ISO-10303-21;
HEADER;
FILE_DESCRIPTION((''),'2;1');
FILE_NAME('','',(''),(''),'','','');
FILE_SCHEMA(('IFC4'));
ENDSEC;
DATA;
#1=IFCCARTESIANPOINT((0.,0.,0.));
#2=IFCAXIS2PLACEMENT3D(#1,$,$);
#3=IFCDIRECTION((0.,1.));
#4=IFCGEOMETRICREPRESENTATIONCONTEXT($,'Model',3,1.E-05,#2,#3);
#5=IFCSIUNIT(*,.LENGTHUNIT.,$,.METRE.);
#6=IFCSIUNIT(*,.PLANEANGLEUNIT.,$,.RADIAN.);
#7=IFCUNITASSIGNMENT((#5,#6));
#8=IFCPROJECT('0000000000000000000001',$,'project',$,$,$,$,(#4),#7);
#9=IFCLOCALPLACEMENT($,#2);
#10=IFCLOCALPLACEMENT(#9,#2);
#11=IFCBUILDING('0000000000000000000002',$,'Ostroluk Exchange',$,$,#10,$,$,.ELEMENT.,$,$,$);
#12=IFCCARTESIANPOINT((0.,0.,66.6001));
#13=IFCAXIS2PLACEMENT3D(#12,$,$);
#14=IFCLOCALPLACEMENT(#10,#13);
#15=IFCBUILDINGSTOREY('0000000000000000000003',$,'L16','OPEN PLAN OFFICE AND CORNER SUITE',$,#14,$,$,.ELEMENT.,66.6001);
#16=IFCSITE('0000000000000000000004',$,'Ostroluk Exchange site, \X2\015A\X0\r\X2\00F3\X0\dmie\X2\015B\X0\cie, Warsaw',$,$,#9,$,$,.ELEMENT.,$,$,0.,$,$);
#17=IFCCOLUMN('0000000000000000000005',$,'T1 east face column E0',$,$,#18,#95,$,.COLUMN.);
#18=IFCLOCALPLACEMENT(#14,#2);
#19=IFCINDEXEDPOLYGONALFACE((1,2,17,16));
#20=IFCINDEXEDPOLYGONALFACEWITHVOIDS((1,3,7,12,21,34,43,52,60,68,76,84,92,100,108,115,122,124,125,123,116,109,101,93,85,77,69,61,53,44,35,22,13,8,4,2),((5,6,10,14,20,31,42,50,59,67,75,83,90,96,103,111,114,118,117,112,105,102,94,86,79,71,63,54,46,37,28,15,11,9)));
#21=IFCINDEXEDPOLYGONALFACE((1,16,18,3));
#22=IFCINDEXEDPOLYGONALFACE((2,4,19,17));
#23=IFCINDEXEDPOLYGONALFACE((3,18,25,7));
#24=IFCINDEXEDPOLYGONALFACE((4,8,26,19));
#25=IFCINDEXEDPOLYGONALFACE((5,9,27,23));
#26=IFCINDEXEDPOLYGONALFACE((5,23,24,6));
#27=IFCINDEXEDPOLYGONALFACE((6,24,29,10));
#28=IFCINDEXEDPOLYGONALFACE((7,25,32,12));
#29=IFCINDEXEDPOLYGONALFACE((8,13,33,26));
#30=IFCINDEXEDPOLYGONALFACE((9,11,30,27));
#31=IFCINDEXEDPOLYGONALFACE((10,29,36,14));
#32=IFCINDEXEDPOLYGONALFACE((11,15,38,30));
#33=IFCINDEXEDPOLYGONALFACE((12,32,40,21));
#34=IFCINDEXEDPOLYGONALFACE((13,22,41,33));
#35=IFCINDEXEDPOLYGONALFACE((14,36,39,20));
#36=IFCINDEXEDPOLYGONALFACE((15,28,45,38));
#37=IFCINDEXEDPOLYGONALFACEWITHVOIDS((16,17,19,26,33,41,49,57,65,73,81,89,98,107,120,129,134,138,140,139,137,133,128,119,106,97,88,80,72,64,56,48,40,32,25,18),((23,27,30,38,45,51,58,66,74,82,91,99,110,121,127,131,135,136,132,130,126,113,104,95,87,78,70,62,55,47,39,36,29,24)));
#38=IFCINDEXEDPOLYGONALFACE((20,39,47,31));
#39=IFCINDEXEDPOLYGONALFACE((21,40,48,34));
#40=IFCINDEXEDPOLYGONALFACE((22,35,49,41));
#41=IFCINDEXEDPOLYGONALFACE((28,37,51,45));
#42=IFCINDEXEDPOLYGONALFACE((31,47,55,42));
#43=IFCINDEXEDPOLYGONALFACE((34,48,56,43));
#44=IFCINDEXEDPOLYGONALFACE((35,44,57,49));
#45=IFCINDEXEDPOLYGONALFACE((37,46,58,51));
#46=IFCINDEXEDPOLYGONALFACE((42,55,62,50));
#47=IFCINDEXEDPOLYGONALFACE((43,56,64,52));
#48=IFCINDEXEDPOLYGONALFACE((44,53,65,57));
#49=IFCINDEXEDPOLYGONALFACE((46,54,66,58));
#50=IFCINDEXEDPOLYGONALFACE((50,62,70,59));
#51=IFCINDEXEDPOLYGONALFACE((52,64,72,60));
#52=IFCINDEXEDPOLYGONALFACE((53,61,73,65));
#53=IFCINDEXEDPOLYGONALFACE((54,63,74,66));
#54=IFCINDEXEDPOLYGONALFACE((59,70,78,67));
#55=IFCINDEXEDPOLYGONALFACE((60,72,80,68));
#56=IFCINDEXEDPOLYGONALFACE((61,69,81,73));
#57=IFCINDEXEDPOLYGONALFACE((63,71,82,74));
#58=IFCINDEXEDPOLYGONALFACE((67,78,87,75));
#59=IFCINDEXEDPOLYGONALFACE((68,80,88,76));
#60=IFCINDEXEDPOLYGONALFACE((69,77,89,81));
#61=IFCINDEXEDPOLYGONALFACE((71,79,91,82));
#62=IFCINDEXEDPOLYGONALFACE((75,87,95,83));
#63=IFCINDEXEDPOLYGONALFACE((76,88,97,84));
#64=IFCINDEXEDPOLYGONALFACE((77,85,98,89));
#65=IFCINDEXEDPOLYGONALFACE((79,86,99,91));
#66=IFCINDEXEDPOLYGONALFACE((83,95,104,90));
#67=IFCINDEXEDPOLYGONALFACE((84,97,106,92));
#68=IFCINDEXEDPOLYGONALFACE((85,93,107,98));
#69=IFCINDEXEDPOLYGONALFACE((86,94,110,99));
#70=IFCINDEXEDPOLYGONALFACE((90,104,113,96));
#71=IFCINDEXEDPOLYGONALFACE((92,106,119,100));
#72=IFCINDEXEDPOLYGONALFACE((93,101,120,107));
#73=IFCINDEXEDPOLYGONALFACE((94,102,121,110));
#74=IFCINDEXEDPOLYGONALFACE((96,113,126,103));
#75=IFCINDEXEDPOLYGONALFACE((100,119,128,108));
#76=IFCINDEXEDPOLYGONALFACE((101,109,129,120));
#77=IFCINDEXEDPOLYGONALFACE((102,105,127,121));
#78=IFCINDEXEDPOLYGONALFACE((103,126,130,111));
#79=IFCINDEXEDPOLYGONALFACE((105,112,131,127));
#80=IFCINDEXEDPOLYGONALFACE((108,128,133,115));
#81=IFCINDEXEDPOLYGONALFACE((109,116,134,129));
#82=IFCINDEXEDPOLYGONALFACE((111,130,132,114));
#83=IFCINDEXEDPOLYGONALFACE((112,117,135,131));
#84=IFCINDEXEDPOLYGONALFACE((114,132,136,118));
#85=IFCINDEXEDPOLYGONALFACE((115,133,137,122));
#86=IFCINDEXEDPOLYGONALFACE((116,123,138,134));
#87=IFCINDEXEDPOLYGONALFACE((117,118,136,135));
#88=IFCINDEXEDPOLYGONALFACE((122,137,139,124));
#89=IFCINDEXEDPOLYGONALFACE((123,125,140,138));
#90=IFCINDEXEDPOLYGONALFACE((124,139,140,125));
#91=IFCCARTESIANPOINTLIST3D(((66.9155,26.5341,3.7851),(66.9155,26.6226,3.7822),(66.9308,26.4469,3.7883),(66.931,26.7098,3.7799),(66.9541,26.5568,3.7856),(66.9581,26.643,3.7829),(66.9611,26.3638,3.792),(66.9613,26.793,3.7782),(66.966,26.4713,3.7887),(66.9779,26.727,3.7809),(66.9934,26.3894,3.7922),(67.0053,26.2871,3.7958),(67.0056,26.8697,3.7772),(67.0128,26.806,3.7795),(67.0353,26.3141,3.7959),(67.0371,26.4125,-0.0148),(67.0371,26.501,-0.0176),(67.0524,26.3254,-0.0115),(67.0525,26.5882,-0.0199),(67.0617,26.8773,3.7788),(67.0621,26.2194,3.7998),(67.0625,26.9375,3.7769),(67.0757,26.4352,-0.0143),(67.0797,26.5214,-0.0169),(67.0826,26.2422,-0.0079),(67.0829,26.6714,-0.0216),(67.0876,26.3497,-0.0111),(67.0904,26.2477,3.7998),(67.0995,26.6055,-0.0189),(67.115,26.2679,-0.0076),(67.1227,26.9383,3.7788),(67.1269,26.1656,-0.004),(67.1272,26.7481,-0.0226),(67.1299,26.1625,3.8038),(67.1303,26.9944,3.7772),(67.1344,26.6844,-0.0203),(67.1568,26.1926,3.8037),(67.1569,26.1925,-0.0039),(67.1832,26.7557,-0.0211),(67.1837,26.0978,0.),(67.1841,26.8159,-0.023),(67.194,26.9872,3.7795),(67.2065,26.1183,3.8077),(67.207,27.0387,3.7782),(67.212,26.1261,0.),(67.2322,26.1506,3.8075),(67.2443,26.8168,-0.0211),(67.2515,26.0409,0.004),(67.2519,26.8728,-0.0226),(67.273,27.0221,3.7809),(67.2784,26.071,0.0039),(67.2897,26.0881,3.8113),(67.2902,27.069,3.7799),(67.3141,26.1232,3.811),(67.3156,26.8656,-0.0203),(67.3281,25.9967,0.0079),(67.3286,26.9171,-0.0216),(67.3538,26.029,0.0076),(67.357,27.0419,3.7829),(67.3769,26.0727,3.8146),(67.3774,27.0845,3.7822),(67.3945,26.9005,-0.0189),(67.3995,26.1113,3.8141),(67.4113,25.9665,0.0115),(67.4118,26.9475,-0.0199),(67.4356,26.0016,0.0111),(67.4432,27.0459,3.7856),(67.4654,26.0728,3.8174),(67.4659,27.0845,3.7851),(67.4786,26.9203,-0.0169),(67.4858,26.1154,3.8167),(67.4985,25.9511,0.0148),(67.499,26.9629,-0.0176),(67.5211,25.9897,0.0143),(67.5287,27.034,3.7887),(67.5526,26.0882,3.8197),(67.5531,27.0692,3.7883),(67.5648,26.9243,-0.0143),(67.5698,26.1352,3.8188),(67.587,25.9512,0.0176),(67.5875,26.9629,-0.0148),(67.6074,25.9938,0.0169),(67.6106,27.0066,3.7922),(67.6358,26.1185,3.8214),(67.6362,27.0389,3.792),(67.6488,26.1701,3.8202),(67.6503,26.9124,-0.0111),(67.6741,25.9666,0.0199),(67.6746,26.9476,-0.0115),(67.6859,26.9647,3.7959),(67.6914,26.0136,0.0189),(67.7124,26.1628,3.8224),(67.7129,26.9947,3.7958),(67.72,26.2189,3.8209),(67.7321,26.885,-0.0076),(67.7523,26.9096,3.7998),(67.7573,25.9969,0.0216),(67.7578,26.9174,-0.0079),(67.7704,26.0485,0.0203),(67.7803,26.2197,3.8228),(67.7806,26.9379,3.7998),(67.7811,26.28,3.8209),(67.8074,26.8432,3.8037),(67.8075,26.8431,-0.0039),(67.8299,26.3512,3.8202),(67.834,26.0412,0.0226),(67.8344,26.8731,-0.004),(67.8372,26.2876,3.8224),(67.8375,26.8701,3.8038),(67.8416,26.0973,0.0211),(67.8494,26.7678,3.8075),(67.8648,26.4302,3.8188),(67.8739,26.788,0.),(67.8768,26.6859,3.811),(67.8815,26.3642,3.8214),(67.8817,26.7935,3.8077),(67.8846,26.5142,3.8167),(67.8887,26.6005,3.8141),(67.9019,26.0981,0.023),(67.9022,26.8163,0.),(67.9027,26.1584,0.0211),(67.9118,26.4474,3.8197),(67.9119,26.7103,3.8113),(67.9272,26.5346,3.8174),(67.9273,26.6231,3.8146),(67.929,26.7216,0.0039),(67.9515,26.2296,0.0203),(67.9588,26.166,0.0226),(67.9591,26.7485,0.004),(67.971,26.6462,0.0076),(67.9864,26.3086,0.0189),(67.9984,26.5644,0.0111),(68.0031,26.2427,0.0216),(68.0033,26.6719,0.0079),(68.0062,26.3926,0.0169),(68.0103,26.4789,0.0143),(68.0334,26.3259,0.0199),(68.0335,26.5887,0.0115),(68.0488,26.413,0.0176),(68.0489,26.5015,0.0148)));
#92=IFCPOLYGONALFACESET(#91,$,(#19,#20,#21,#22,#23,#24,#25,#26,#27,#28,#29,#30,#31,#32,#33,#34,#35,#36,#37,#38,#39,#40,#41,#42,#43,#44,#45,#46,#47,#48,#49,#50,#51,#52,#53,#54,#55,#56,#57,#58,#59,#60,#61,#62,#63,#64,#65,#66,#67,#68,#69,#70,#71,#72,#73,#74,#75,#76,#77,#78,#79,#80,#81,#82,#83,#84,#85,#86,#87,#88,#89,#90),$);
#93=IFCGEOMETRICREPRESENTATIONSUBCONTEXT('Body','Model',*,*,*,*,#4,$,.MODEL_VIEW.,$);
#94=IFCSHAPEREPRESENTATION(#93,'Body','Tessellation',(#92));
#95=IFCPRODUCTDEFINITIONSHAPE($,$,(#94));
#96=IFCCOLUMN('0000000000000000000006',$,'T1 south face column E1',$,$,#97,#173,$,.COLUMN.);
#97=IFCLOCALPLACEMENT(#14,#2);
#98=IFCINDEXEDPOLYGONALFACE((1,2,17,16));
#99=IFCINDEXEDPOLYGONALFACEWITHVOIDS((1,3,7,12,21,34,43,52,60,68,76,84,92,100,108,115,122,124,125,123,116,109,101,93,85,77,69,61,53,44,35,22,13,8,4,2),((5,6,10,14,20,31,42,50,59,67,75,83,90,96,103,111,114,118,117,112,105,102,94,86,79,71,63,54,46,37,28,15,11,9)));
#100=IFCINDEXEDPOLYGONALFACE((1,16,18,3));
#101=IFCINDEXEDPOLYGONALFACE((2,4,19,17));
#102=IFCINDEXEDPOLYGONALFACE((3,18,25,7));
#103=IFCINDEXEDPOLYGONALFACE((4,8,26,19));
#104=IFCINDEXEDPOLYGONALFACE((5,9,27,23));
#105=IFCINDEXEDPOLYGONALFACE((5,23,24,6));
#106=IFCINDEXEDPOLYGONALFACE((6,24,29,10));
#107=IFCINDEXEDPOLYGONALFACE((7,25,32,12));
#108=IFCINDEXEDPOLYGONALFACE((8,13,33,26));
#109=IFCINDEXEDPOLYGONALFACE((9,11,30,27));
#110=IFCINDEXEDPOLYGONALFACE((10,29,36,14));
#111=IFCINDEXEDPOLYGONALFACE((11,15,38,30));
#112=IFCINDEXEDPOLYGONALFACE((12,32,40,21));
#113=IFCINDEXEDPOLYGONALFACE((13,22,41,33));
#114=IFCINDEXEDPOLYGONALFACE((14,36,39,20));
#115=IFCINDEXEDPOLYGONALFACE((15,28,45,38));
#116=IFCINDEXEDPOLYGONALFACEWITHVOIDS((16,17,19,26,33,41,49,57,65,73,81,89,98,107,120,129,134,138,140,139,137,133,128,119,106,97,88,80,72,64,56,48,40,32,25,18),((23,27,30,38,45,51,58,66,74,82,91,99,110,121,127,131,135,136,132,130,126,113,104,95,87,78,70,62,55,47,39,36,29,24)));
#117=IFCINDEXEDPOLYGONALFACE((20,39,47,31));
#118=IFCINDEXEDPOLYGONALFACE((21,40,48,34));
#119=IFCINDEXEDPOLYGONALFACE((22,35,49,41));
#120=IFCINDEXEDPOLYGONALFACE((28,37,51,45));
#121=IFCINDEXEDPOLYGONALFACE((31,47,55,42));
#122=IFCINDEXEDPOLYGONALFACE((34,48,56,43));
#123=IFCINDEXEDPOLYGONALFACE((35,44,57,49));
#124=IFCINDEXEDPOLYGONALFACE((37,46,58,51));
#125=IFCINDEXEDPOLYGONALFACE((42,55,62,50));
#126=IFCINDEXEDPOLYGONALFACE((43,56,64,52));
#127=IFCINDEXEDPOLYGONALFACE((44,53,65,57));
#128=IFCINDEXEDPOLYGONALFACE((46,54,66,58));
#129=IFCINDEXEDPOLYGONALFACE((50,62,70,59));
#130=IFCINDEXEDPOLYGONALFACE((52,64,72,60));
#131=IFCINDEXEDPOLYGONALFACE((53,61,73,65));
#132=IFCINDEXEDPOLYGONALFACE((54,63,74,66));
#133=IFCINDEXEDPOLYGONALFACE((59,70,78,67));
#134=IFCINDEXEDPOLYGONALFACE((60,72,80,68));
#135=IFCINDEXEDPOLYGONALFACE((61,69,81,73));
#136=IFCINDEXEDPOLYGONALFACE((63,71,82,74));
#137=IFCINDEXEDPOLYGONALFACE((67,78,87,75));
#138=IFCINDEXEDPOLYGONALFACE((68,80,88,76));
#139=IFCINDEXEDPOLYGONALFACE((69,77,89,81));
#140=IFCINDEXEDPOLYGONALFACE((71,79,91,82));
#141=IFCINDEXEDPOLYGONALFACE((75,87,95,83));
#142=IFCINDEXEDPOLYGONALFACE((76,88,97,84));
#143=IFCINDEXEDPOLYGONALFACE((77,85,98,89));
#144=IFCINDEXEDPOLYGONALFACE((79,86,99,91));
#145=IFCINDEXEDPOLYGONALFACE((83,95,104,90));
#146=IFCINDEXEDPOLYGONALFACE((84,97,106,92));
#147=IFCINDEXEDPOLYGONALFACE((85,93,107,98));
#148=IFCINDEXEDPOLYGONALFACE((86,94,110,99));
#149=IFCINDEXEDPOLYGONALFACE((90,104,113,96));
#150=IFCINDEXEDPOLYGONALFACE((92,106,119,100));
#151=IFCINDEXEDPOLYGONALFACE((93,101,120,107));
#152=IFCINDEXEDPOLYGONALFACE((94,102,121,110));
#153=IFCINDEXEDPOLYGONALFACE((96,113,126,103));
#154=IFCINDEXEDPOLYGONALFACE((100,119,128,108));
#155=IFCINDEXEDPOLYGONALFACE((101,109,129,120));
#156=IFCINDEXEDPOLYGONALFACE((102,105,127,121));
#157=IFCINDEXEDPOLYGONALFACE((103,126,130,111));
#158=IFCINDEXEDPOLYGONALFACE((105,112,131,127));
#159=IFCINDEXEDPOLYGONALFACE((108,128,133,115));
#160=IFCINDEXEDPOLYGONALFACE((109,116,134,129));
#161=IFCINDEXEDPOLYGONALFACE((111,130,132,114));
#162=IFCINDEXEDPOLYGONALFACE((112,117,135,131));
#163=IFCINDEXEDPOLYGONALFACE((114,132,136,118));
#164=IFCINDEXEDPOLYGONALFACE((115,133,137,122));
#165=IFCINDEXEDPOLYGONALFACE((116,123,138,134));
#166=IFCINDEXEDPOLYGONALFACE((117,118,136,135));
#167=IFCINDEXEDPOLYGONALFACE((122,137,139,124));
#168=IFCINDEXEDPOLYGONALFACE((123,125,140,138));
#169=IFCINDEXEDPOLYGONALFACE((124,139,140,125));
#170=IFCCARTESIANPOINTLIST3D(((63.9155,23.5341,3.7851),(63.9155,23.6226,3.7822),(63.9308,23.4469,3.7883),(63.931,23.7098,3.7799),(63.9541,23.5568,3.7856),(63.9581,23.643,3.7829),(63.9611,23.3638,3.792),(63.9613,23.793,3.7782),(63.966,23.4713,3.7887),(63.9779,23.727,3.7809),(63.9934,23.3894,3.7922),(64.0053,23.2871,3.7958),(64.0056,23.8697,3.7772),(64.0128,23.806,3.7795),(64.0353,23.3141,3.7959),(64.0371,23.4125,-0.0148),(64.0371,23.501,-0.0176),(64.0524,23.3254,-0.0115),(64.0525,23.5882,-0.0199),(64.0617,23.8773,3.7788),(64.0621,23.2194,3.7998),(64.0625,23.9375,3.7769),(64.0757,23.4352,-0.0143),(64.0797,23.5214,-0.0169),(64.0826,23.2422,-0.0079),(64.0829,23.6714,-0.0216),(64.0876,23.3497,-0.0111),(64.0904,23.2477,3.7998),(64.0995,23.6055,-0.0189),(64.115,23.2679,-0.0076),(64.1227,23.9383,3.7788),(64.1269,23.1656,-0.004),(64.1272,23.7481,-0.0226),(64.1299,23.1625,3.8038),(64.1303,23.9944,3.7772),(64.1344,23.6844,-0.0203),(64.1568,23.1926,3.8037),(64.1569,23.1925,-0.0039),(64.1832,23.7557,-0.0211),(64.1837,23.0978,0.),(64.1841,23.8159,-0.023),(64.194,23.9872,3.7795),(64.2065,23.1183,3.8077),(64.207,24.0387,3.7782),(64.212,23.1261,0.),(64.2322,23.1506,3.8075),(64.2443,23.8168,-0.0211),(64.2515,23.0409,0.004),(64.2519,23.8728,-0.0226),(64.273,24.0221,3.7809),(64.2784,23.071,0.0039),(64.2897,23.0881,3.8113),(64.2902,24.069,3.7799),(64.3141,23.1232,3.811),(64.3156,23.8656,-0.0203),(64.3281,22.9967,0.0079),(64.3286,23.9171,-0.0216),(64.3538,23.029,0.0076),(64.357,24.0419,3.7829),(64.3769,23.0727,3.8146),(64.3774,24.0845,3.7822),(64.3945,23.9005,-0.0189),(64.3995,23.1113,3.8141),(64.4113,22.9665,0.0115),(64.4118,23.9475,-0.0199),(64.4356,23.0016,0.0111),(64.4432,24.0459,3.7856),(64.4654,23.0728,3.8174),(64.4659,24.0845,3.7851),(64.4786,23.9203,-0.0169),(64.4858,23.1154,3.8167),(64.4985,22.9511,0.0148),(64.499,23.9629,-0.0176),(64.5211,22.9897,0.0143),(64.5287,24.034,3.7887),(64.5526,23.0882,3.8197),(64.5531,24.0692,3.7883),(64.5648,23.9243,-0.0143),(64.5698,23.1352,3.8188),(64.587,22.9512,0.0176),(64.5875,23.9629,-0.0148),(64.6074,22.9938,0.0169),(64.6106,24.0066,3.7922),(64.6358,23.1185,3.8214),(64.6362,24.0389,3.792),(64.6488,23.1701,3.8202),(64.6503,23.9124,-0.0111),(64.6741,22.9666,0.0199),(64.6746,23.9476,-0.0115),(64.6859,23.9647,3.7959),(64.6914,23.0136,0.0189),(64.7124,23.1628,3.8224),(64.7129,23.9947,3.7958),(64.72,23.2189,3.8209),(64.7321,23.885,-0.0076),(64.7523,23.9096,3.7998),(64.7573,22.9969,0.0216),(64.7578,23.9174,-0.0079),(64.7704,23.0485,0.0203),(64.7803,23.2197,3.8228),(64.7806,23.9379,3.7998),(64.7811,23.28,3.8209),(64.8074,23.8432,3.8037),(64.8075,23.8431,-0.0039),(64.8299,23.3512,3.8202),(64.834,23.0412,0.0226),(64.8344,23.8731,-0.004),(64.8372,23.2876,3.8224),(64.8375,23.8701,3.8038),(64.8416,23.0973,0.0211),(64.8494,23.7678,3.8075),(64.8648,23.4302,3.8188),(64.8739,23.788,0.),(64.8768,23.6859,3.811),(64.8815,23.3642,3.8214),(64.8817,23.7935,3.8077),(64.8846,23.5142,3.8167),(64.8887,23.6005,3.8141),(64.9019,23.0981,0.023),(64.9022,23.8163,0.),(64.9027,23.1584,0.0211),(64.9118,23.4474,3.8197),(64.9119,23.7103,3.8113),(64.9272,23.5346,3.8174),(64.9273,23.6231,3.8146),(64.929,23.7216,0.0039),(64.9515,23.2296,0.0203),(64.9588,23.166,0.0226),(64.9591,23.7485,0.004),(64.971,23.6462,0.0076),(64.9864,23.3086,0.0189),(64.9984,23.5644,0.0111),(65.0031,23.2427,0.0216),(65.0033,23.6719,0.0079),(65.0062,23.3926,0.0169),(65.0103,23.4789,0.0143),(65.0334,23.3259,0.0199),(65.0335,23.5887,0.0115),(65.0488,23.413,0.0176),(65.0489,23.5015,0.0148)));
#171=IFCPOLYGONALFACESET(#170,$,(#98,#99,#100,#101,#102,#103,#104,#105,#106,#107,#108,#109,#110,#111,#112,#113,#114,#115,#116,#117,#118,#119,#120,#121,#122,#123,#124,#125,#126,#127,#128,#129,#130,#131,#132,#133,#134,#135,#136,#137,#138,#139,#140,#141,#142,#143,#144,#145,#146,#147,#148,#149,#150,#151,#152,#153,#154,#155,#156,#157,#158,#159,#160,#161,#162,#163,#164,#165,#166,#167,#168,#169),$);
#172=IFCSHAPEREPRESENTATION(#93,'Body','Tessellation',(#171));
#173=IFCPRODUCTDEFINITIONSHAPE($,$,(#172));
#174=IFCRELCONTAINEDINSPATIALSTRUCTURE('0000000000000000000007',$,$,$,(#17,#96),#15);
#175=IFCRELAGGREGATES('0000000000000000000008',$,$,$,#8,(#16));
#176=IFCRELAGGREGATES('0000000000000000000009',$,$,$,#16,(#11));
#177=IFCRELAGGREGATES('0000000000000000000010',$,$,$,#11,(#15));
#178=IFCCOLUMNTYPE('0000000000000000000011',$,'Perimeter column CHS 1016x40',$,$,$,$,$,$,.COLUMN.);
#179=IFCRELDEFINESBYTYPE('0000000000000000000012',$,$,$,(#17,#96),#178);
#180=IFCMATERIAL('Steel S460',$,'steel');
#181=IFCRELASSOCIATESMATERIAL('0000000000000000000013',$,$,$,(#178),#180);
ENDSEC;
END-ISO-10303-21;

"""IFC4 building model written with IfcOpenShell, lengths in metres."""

from ifc_helpers import new_model, si_unit, direction, frame, origin, origin_2d, place, context, subcontext, project, spatial, hollow_circle, extrude, material, material_profile, profile_set, type_object, element, save


model = new_model("IFC4")

# Units and contexts
model_context = context("Model", 3, precision=1e-05, world=origin(), true_north=direction((0.0, 1.0)))
body_context = subcontext(model_context, "Body", "Model", "MODEL_VIEW")
ifc_project = project(units=[si_unit("LENGTHUNIT", "METRE"), si_unit("PLANEANGLEUNIT", "RADIAN")], contexts=[model_context])

# Site, building, storey
site_placement = place(None, origin())
site = spatial("IfcSite", under=ifc_project, at=site_placement, Name="Ostroluk Exchange site, Śródmieście, Warsaw", CompositionType="ELEMENT", RefElevation=0.0)
building_placement = place(site_placement, origin())
building = spatial("IfcBuilding", under=site, at=building_placement, Name="Ostroluk Exchange", CompositionType="ELEMENT")
storey_placement = place(building_placement, frame((0.0, 0.0, 66.6001)))
storey = spatial("IfcBuildingStorey", under=building, at=storey_placement, Name="L16", Description="OPEN PLAN OFFICE AND CORNER SUITE", CompositionType="ELEMENT", Elevation=66.6001)

# Columns
ifc_material_1 = material(Name="Steel S460", Category="steel")
ifc_material_profile_1 = material_profile(ifc_material_1, hollow_circle(Radius=0.5081, WallThickness=0.04, at=origin_2d()), Name="CHS 1016x40")
ifc_profile_set_1 = profile_set([ifc_material_profile_1], Name="Steel S460")
column_type = type_object("IfcColumnType", Name="Perimeter column CHS 1016x40", PredefinedType="COLUMN", material=ifc_profile_set_1)
for number, where, z_axis, x_axis, name in (
    (1, (67.543, 26.457, 0.0), (-0.031964, 0.031964, 0.998978), (-0.707107, -0.707107, 0.0), "T1 east face column E0"),
    (2, (64.543, 23.457, 0.0), (-0.031964, 0.031964, 0.998978), (-0.707107, -0.707107, 0.0), "T1 south face column E1"),
):
    element("IfcColumn", number, at=place(storey_placement, frame(where, z_axis=z_axis, x_axis=x_axis)), inside=storey, type_object=column_type, Name=name, PredefinedType="COLUMN", context=body_context, shape_type="SweptSolid", body=[
        extrude(hollow_circle(Radius=0.5081, WallThickness=0.04, at=origin_2d()), origin(), (0.0, 0.0, 1.0), 3.8037),
    ])

save(model, "model.ifc")
